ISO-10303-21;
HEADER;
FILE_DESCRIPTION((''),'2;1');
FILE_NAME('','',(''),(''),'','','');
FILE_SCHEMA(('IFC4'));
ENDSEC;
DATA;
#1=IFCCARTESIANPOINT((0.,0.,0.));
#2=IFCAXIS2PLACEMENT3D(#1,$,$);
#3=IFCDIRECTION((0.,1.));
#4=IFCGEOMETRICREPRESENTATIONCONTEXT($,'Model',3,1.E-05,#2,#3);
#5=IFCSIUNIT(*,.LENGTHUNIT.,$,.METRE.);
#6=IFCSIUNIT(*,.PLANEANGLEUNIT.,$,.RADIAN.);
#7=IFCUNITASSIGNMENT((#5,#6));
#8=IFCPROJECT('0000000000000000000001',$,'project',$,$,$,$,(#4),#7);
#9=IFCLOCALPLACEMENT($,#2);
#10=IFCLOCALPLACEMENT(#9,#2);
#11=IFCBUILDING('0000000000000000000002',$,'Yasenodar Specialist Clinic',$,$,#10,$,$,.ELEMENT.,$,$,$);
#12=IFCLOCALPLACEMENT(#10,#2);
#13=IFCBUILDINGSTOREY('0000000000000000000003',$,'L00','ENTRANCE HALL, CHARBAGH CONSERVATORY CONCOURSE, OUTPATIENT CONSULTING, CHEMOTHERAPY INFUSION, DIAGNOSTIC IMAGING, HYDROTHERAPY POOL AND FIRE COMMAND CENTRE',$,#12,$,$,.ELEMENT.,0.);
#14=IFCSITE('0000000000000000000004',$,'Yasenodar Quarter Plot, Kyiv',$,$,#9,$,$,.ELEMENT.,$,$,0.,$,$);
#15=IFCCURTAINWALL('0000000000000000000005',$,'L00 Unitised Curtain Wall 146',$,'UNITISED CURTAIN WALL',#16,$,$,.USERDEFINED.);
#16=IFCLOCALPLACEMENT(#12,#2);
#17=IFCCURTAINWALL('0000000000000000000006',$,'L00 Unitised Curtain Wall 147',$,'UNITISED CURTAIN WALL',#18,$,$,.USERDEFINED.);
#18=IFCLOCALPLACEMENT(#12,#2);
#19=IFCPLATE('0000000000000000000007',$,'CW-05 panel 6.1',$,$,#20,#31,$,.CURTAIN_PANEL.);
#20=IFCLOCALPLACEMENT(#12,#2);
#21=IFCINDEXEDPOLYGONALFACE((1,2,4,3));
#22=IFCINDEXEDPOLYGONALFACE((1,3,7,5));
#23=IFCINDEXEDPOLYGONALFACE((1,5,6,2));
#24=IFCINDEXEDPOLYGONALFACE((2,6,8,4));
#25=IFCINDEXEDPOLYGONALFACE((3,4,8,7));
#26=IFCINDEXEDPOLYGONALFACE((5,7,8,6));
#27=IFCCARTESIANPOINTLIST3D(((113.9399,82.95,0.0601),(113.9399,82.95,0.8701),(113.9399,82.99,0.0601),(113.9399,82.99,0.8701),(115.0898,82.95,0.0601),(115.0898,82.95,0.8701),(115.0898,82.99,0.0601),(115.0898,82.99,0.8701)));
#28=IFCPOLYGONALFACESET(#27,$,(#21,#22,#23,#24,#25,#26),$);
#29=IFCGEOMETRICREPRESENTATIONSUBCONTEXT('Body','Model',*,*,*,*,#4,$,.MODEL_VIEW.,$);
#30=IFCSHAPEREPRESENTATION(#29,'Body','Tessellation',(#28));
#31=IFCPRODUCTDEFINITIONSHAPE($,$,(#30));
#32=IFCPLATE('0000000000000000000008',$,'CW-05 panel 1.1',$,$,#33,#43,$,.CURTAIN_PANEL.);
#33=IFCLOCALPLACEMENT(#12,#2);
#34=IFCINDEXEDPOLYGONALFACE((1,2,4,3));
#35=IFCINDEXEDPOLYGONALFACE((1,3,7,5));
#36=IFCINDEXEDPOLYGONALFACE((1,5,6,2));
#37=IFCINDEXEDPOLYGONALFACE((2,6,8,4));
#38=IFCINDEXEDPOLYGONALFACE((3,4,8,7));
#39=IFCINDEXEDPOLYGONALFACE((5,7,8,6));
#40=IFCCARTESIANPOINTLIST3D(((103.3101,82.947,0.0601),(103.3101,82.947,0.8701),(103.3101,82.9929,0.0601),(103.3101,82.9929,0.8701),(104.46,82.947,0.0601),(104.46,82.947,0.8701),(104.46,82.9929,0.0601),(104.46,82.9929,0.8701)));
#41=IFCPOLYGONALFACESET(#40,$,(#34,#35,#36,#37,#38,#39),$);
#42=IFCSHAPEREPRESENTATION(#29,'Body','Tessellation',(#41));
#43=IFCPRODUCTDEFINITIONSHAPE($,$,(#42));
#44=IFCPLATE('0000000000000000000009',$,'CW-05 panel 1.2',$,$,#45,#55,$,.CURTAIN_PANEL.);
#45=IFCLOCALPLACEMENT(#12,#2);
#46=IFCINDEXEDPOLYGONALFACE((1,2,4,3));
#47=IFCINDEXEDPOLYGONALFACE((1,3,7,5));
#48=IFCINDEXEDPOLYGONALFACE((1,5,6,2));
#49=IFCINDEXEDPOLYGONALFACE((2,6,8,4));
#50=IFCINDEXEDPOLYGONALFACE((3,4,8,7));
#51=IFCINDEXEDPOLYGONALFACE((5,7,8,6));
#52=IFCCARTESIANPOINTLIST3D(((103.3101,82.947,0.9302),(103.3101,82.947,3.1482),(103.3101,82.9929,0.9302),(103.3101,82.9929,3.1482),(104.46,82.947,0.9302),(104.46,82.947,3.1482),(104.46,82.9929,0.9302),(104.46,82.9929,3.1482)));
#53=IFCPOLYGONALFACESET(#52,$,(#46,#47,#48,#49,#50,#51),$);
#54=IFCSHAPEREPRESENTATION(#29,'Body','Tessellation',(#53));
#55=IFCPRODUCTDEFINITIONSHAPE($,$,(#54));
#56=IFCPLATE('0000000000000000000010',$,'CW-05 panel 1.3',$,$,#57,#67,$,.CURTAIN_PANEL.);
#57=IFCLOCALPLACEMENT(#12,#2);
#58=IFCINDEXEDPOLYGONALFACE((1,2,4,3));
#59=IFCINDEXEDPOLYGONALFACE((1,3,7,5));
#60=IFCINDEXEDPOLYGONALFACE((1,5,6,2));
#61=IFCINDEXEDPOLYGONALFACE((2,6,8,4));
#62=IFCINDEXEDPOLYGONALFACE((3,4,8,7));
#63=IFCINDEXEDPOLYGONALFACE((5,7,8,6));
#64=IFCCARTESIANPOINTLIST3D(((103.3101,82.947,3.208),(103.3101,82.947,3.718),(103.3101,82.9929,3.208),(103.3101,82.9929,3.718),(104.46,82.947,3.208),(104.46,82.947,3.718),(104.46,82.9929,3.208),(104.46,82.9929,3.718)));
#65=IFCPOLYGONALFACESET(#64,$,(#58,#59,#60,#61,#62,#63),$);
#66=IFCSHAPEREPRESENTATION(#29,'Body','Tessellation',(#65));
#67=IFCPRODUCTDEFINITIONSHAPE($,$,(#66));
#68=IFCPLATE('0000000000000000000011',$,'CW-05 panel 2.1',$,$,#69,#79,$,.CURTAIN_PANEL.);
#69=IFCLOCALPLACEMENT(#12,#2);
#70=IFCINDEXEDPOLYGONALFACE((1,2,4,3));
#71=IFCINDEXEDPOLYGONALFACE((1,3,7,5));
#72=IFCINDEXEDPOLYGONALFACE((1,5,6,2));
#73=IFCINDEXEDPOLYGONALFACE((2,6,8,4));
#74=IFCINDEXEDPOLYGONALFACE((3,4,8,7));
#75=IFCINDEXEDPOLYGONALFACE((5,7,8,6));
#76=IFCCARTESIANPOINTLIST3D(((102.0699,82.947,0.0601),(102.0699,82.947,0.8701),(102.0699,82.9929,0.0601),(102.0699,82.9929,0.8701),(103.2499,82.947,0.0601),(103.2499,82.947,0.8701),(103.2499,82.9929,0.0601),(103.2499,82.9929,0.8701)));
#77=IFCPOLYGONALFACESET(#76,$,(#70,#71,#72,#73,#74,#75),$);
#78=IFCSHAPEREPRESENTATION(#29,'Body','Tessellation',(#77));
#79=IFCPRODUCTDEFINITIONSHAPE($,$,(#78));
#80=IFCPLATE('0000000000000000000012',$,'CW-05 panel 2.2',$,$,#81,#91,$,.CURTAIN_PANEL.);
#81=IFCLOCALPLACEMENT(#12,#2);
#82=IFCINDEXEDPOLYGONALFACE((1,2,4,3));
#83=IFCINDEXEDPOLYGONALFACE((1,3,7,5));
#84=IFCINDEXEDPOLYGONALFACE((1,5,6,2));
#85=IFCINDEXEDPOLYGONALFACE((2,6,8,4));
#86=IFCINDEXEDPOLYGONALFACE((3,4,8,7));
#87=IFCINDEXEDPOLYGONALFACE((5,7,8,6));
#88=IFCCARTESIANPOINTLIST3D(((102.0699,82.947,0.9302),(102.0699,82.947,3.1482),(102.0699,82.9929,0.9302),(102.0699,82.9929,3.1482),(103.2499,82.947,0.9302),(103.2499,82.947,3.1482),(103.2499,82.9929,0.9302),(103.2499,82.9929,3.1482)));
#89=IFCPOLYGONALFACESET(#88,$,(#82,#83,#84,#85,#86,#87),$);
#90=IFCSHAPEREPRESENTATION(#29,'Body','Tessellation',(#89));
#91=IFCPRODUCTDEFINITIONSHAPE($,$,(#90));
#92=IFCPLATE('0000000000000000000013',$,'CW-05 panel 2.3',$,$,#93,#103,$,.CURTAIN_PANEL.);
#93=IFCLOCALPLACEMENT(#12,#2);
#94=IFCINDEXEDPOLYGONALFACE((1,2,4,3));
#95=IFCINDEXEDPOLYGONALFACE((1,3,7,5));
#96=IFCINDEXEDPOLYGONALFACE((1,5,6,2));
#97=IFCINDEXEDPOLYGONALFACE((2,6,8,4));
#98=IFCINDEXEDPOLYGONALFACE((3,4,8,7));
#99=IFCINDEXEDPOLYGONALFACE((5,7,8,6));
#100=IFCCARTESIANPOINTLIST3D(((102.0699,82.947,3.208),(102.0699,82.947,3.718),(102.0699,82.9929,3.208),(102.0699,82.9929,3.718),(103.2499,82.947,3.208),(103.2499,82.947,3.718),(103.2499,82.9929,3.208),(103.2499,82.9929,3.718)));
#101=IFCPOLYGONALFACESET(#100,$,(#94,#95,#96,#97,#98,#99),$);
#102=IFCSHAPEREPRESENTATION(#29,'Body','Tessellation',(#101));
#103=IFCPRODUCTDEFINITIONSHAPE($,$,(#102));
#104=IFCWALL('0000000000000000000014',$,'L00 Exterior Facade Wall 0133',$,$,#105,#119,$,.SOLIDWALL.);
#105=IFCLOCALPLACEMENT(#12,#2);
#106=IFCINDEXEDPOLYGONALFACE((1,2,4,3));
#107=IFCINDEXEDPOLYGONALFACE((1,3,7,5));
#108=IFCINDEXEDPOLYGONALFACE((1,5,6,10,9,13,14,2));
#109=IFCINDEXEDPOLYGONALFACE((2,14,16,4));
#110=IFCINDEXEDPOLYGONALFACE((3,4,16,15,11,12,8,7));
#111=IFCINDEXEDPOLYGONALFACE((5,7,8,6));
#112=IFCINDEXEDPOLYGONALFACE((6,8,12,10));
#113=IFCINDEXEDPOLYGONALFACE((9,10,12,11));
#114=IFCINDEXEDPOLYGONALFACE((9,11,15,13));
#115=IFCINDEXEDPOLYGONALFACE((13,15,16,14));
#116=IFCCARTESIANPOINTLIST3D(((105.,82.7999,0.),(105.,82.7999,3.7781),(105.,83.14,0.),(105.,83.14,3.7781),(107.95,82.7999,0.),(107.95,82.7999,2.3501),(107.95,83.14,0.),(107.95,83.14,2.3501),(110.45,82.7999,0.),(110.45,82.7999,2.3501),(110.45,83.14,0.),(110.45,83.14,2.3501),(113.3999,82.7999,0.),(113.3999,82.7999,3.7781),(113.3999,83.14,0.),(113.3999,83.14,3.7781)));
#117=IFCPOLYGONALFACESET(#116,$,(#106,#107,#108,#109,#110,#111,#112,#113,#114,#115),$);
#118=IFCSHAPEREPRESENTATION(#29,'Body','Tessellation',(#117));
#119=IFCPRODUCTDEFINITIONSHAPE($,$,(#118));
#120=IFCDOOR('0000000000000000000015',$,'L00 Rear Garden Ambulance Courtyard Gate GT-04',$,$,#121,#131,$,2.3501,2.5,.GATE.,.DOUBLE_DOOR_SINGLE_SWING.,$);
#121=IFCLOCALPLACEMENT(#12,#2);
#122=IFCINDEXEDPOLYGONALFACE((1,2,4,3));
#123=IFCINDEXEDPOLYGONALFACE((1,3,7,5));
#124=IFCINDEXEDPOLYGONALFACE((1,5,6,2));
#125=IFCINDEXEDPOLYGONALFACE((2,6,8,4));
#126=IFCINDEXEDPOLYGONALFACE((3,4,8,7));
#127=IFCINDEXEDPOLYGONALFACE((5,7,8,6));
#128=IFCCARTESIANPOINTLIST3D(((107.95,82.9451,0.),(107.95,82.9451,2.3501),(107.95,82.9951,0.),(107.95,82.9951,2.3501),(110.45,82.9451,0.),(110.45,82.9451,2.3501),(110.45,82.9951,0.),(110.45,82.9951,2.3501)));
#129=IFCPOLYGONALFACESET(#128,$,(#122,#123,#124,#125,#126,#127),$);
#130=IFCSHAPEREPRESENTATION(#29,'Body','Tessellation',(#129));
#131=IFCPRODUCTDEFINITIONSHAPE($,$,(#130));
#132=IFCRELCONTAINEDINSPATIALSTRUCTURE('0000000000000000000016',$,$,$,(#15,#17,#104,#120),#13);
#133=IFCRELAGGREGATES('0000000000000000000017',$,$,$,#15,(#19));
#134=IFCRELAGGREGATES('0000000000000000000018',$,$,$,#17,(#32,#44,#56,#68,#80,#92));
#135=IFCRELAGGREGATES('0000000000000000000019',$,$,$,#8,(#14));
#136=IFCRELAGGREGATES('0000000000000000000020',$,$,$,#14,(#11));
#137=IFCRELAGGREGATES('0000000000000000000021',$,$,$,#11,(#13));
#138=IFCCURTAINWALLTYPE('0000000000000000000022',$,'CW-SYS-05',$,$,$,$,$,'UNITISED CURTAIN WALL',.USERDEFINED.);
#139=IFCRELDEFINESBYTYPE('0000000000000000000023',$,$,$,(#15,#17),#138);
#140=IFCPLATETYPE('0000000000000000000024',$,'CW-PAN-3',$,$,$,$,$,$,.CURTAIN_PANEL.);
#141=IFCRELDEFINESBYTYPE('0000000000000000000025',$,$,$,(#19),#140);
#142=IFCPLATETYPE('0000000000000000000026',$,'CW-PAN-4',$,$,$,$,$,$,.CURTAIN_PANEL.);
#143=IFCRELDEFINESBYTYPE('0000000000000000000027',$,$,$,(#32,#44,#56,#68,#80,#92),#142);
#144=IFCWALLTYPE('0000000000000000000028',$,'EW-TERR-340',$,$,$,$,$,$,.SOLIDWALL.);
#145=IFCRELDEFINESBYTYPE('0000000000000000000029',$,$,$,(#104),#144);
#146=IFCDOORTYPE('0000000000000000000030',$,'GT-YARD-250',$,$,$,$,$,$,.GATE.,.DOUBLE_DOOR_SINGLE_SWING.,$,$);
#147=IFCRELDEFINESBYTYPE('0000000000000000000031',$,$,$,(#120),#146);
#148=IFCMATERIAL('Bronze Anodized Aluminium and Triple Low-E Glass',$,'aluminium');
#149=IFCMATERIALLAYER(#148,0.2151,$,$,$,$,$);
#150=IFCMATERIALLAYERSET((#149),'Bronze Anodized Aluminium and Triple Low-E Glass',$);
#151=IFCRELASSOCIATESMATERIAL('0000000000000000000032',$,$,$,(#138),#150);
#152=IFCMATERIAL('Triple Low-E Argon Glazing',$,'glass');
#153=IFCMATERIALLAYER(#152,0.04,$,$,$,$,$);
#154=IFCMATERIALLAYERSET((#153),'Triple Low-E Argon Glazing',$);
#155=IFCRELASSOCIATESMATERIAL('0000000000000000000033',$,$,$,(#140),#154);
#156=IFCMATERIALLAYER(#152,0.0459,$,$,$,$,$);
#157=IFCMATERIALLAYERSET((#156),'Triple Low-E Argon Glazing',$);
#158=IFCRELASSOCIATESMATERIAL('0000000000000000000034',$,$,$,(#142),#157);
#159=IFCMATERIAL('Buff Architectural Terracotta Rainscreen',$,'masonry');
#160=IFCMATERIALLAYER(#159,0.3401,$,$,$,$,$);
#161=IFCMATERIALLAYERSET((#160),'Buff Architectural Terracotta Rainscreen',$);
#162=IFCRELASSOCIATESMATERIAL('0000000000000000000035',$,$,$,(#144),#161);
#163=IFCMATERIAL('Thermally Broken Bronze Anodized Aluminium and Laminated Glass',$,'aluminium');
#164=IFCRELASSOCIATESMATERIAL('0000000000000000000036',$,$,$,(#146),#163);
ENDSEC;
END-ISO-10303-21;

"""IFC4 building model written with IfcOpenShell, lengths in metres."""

from ifc_helpers import new_model, si_unit, direction, frame, frame_2d, origin, origin_2d, place, context, subcontext, project, spatial, rectangle, extrude, material, layer, layer_set, type_object, element, fill, aggregate, save


model = new_model("IFC4")

# Units and contexts
model_context = context("Model", 3, precision=1e-05, world=origin(), true_north=direction((0.0, 1.0)))
body_context = subcontext(model_context, "Body", "Model", "MODEL_VIEW")
ifc_project = project(units=[si_unit("LENGTHUNIT", "METRE"), si_unit("PLANEANGLEUNIT", "RADIAN")], contexts=[model_context])

# Site, building, storey
site_placement = place(None, origin())
site = spatial("IfcSite", under=ifc_project, at=site_placement, Name="Yasenodar Quarter Plot, Kyiv", CompositionType="ELEMENT", RefElevation=0.0)
building_placement = place(site_placement, origin())
building = spatial("IfcBuilding", under=site, at=building_placement, Name="Yasenodar Specialist Clinic", CompositionType="ELEMENT")
storey_placement = place(building_placement, origin())
storey = spatial("IfcBuildingStorey", under=building, at=storey_placement, Name="L00", Description="ENTRANCE HALL, CHARBAGH CONSERVATORY CONCOURSE, OUTPATIENT CONSULTING, CHEMOTHERAPY INFUSION, DIAGNOSTIC IMAGING, HYDROTHERAPY POOL AND FIRE COMMAND CENTRE", CompositionType="ELEMENT", Elevation=0.0)

# Curtain wall
ifc_material_1 = material(Name="Bronze Anodized Aluminium and Triple Low-E Glass", Category="aluminium")
ifc_layer_1 = layer(ifc_material_1, 0.2151)
ifc_layer_set_1 = layer_set([ifc_layer_1], Name="Bronze Anodized Aluminium and Triple Low-E Glass")
curtain_wall_type = type_object("IfcCurtainWallType", Name="CW-SYS-05", ElementType="UNITISED CURTAIN WALL", PredefinedType="USERDEFINED", material=ifc_layer_set_1)
curtain_wall_1_placement = place(storey_placement, origin())
curtain_wall_1 = element("IfcCurtainWall", 1, at=curtain_wall_1_placement, inside=storey, type_object=curtain_wall_type, Name="L00 Unitised Curtain Wall 146", ObjectType="UNITISED CURTAIN WALL", PredefinedType="USERDEFINED")

# Curtain wall
curtain_wall_2_placement = place(storey_placement, origin())
curtain_wall_2 = element("IfcCurtainWall", 2, at=curtain_wall_2_placement, inside=storey, type_object=curtain_wall_type, Name="L00 Unitised Curtain Wall 147", ObjectType="UNITISED CURTAIN WALL", PredefinedType="USERDEFINED")

# Plates
ifc_material_2 = material(Name="Triple Low-E Argon Glazing", Category="glass")
ifc_layer_2 = layer(ifc_material_2, 0.04)
ifc_layer_set_2 = layer_set([ifc_layer_2], Name="Triple Low-E Argon Glazing")
plate_type_1 = type_object("IfcPlateType", Name="CW-PAN-3", PredefinedType="CURTAIN_PANEL", material=ifc_layer_set_2)
plate_1_placement = place(storey_placement, frame((114.5149, 82.97, 0.0601), z_axis=(0.0, 0.0, 1.0), x_axis=(-1.0, 0.0, 0.0)))
plate_1 = element("IfcPlate", 3, at=plate_1_placement, type_object=plate_type_1, Name="CW-05 panel 6.1", PredefinedType="CURTAIN_PANEL", context=body_context, shape_type="SweptSolid", body=[
    extrude(rectangle(XDim=1.1499, YDim=0.04, at=origin_2d()), origin(), (0.0, 0.0, 1.0), 0.8101),
])
aggregate(curtain_wall_1, [plate_1])
ifc_layer_3 = layer(ifc_material_2, 0.0459)
ifc_layer_set_3 = layer_set([ifc_layer_3], Name="Triple Low-E Argon Glazing")
plate_type_2 = type_object("IfcPlateType", Name="CW-PAN-4", PredefinedType="CURTAIN_PANEL", material=ifc_layer_set_3)
plate_2_placement = place(storey_placement, frame((103.885, 82.97, 0.0601), z_axis=(0.0, 0.0, 1.0), x_axis=(-1.0, 0.0, 0.0)))
plate_2 = element("IfcPlate", 4, at=plate_2_placement, type_object=plate_type_2, Name="CW-05 panel 1.1", PredefinedType="CURTAIN_PANEL", context=body_context, shape_type="SweptSolid", body=[
    extrude(rectangle(XDim=1.1499, YDim=0.0459, at=origin_2d()), origin(), (0.0, 0.0, 1.0), 0.8101),
])
plate_3_placement = place(storey_placement, frame((103.885, 82.97, 0.9302), z_axis=(0.0, 0.0, 1.0), x_axis=(-1.0, 0.0, 0.0)))
plate_3 = element("IfcPlate", 5, at=plate_3_placement, type_object=plate_type_2, Name="CW-05 panel 1.2", PredefinedType="CURTAIN_PANEL", context=body_context, shape_type="SweptSolid", body=[
    extrude(rectangle(XDim=1.1499, YDim=0.0459, at=origin_2d()), origin(), (0.0, 0.0, 1.0), 2.218),
])
plate_4_placement = place(storey_placement, frame((103.885, 82.97, 3.208), z_axis=(0.0, 0.0, 1.0), x_axis=(-1.0, 0.0, 0.0)))
plate_4 = element("IfcPlate", 6, at=plate_4_placement, type_object=plate_type_2, Name="CW-05 panel 1.3", PredefinedType="CURTAIN_PANEL", context=body_context, shape_type="SweptSolid", body=[
    extrude(rectangle(XDim=1.1499, YDim=0.0459, at=origin_2d()), origin(), (0.0, 0.0, 1.0), 0.51),
])
plate_5_placement = place(storey_placement, frame((102.6599, 82.97, 0.0601), z_axis=(0.0, 0.0, 1.0), x_axis=(-1.0, 0.0, 0.0)))
plate_5 = element("IfcPlate", 7, at=plate_5_placement, type_object=plate_type_2, Name="CW-05 panel 2.1", PredefinedType="CURTAIN_PANEL", context=body_context, shape_type="SweptSolid", body=[
    extrude(rectangle(XDim=1.1799, YDim=0.0459, at=origin_2d()), origin(), (0.0, 0.0, 1.0), 0.8101),
])
plate_6_placement = place(storey_placement, frame((102.6599, 82.97, 0.9302), z_axis=(0.0, 0.0, 1.0), x_axis=(-1.0, 0.0, 0.0)))
plate_6 = element("IfcPlate", 8, at=plate_6_placement, type_object=plate_type_2, Name="CW-05 panel 2.2", PredefinedType="CURTAIN_PANEL", context=body_context, shape_type="SweptSolid", body=[
    extrude(rectangle(XDim=1.1799, YDim=0.0459, at=origin_2d()), origin(), (0.0, 0.0, 1.0), 2.218),
])
plate_7_placement = place(storey_placement, frame((102.6599, 82.97, 3.208), z_axis=(0.0, 0.0, 1.0), x_axis=(-1.0, 0.0, 0.0)))
plate_7 = element("IfcPlate", 9, at=plate_7_placement, type_object=plate_type_2, Name="CW-05 panel 2.3", PredefinedType="CURTAIN_PANEL", context=body_context, shape_type="SweptSolid", body=[
    extrude(rectangle(XDim=1.1799, YDim=0.0459, at=origin_2d()), origin(), (0.0, 0.0, 1.0), 0.51),
])
aggregate(curtain_wall_2, [plate_2, plate_3, plate_4, plate_5, plate_6, plate_7])

# Wall, opening, door
ifc_material_3 = material(Name="Buff Architectural Terracotta Rainscreen", Category="masonry")
ifc_layer_4 = layer(ifc_material_3, 0.3401)
ifc_layer_set_4 = layer_set([ifc_layer_4], Name="Buff Architectural Terracotta Rainscreen")
wall_type = type_object("IfcWallType", Name="EW-TERR-340", PredefinedType="SOLIDWALL", material=ifc_layer_set_4)
wall_placement = place(storey_placement, frame((113.3999, 82.97, 0.0), z_axis=(0.0, 0.0, 1.0), x_axis=(-1.0, 0.0, 0.0)))
wall = element("IfcWall", 10, at=wall_placement, inside=storey, type_object=wall_type, Name="L00 Exterior Facade Wall 0133", PredefinedType="SOLIDWALL", context=body_context, shape_type="SweptSolid", body=[
    extrude(rectangle(XDim=8.3999, YDim=0.3401, at=frame_2d((4.2, 0.0))), origin(), (0.0, 0.0, 1.0), 3.7781),
])
opening_placement = place(wall_placement, frame((2.95, 0.0, 0.0)))
opening = element("IfcOpeningElement", 11, at=opening_placement, cuts=wall, PredefinedType="OPENING", context=body_context, shape_type="SweptSolid", body=[
    extrude(rectangle(XDim=2.5, YDim=2.3501, at=frame_2d((1.25, 1.175))), frame((0.0, 0.1802, 0.0), z_axis=(0.0, -1.0, 0.0), x_axis=(1.0, 0.0, 0.0)), (0.0, 0.0, 1.0), 0.3601),
])
ifc_material_4 = material(Name="Thermally Broken Bronze Anodized Aluminium and Laminated Glass", Category="aluminium")
door_type = type_object("IfcDoorType", Name="GT-YARD-250", OperationType="DOUBLE_DOOR_SINGLE_SWING", PredefinedType="GATE", material=ifc_material_4)
door_placement = place(opening_placement, origin())
door = element("IfcDoor", 12, at=door_placement, inside=storey, type_object=door_type, Name="L00 Rear Garden Ambulance Courtyard Gate GT-04", OperationType="DOUBLE_DOOR_SINGLE_SWING", OverallHeight=2.3501, OverallWidth=2.5, PredefinedType="GATE", context=body_context, shape_type="SweptSolid", body=[
    extrude(rectangle(XDim=2.5, YDim=2.3501, at=frame_2d((1.25, 1.175))), frame((0.0, 0.0249, 0.0), z_axis=(0.0, -1.0, 0.0), x_axis=(1.0, 0.0, 0.0)), (0.0, 0.0, 1.0), 0.05),
])
fill(opening, door)

save(model, "model.ifc")
